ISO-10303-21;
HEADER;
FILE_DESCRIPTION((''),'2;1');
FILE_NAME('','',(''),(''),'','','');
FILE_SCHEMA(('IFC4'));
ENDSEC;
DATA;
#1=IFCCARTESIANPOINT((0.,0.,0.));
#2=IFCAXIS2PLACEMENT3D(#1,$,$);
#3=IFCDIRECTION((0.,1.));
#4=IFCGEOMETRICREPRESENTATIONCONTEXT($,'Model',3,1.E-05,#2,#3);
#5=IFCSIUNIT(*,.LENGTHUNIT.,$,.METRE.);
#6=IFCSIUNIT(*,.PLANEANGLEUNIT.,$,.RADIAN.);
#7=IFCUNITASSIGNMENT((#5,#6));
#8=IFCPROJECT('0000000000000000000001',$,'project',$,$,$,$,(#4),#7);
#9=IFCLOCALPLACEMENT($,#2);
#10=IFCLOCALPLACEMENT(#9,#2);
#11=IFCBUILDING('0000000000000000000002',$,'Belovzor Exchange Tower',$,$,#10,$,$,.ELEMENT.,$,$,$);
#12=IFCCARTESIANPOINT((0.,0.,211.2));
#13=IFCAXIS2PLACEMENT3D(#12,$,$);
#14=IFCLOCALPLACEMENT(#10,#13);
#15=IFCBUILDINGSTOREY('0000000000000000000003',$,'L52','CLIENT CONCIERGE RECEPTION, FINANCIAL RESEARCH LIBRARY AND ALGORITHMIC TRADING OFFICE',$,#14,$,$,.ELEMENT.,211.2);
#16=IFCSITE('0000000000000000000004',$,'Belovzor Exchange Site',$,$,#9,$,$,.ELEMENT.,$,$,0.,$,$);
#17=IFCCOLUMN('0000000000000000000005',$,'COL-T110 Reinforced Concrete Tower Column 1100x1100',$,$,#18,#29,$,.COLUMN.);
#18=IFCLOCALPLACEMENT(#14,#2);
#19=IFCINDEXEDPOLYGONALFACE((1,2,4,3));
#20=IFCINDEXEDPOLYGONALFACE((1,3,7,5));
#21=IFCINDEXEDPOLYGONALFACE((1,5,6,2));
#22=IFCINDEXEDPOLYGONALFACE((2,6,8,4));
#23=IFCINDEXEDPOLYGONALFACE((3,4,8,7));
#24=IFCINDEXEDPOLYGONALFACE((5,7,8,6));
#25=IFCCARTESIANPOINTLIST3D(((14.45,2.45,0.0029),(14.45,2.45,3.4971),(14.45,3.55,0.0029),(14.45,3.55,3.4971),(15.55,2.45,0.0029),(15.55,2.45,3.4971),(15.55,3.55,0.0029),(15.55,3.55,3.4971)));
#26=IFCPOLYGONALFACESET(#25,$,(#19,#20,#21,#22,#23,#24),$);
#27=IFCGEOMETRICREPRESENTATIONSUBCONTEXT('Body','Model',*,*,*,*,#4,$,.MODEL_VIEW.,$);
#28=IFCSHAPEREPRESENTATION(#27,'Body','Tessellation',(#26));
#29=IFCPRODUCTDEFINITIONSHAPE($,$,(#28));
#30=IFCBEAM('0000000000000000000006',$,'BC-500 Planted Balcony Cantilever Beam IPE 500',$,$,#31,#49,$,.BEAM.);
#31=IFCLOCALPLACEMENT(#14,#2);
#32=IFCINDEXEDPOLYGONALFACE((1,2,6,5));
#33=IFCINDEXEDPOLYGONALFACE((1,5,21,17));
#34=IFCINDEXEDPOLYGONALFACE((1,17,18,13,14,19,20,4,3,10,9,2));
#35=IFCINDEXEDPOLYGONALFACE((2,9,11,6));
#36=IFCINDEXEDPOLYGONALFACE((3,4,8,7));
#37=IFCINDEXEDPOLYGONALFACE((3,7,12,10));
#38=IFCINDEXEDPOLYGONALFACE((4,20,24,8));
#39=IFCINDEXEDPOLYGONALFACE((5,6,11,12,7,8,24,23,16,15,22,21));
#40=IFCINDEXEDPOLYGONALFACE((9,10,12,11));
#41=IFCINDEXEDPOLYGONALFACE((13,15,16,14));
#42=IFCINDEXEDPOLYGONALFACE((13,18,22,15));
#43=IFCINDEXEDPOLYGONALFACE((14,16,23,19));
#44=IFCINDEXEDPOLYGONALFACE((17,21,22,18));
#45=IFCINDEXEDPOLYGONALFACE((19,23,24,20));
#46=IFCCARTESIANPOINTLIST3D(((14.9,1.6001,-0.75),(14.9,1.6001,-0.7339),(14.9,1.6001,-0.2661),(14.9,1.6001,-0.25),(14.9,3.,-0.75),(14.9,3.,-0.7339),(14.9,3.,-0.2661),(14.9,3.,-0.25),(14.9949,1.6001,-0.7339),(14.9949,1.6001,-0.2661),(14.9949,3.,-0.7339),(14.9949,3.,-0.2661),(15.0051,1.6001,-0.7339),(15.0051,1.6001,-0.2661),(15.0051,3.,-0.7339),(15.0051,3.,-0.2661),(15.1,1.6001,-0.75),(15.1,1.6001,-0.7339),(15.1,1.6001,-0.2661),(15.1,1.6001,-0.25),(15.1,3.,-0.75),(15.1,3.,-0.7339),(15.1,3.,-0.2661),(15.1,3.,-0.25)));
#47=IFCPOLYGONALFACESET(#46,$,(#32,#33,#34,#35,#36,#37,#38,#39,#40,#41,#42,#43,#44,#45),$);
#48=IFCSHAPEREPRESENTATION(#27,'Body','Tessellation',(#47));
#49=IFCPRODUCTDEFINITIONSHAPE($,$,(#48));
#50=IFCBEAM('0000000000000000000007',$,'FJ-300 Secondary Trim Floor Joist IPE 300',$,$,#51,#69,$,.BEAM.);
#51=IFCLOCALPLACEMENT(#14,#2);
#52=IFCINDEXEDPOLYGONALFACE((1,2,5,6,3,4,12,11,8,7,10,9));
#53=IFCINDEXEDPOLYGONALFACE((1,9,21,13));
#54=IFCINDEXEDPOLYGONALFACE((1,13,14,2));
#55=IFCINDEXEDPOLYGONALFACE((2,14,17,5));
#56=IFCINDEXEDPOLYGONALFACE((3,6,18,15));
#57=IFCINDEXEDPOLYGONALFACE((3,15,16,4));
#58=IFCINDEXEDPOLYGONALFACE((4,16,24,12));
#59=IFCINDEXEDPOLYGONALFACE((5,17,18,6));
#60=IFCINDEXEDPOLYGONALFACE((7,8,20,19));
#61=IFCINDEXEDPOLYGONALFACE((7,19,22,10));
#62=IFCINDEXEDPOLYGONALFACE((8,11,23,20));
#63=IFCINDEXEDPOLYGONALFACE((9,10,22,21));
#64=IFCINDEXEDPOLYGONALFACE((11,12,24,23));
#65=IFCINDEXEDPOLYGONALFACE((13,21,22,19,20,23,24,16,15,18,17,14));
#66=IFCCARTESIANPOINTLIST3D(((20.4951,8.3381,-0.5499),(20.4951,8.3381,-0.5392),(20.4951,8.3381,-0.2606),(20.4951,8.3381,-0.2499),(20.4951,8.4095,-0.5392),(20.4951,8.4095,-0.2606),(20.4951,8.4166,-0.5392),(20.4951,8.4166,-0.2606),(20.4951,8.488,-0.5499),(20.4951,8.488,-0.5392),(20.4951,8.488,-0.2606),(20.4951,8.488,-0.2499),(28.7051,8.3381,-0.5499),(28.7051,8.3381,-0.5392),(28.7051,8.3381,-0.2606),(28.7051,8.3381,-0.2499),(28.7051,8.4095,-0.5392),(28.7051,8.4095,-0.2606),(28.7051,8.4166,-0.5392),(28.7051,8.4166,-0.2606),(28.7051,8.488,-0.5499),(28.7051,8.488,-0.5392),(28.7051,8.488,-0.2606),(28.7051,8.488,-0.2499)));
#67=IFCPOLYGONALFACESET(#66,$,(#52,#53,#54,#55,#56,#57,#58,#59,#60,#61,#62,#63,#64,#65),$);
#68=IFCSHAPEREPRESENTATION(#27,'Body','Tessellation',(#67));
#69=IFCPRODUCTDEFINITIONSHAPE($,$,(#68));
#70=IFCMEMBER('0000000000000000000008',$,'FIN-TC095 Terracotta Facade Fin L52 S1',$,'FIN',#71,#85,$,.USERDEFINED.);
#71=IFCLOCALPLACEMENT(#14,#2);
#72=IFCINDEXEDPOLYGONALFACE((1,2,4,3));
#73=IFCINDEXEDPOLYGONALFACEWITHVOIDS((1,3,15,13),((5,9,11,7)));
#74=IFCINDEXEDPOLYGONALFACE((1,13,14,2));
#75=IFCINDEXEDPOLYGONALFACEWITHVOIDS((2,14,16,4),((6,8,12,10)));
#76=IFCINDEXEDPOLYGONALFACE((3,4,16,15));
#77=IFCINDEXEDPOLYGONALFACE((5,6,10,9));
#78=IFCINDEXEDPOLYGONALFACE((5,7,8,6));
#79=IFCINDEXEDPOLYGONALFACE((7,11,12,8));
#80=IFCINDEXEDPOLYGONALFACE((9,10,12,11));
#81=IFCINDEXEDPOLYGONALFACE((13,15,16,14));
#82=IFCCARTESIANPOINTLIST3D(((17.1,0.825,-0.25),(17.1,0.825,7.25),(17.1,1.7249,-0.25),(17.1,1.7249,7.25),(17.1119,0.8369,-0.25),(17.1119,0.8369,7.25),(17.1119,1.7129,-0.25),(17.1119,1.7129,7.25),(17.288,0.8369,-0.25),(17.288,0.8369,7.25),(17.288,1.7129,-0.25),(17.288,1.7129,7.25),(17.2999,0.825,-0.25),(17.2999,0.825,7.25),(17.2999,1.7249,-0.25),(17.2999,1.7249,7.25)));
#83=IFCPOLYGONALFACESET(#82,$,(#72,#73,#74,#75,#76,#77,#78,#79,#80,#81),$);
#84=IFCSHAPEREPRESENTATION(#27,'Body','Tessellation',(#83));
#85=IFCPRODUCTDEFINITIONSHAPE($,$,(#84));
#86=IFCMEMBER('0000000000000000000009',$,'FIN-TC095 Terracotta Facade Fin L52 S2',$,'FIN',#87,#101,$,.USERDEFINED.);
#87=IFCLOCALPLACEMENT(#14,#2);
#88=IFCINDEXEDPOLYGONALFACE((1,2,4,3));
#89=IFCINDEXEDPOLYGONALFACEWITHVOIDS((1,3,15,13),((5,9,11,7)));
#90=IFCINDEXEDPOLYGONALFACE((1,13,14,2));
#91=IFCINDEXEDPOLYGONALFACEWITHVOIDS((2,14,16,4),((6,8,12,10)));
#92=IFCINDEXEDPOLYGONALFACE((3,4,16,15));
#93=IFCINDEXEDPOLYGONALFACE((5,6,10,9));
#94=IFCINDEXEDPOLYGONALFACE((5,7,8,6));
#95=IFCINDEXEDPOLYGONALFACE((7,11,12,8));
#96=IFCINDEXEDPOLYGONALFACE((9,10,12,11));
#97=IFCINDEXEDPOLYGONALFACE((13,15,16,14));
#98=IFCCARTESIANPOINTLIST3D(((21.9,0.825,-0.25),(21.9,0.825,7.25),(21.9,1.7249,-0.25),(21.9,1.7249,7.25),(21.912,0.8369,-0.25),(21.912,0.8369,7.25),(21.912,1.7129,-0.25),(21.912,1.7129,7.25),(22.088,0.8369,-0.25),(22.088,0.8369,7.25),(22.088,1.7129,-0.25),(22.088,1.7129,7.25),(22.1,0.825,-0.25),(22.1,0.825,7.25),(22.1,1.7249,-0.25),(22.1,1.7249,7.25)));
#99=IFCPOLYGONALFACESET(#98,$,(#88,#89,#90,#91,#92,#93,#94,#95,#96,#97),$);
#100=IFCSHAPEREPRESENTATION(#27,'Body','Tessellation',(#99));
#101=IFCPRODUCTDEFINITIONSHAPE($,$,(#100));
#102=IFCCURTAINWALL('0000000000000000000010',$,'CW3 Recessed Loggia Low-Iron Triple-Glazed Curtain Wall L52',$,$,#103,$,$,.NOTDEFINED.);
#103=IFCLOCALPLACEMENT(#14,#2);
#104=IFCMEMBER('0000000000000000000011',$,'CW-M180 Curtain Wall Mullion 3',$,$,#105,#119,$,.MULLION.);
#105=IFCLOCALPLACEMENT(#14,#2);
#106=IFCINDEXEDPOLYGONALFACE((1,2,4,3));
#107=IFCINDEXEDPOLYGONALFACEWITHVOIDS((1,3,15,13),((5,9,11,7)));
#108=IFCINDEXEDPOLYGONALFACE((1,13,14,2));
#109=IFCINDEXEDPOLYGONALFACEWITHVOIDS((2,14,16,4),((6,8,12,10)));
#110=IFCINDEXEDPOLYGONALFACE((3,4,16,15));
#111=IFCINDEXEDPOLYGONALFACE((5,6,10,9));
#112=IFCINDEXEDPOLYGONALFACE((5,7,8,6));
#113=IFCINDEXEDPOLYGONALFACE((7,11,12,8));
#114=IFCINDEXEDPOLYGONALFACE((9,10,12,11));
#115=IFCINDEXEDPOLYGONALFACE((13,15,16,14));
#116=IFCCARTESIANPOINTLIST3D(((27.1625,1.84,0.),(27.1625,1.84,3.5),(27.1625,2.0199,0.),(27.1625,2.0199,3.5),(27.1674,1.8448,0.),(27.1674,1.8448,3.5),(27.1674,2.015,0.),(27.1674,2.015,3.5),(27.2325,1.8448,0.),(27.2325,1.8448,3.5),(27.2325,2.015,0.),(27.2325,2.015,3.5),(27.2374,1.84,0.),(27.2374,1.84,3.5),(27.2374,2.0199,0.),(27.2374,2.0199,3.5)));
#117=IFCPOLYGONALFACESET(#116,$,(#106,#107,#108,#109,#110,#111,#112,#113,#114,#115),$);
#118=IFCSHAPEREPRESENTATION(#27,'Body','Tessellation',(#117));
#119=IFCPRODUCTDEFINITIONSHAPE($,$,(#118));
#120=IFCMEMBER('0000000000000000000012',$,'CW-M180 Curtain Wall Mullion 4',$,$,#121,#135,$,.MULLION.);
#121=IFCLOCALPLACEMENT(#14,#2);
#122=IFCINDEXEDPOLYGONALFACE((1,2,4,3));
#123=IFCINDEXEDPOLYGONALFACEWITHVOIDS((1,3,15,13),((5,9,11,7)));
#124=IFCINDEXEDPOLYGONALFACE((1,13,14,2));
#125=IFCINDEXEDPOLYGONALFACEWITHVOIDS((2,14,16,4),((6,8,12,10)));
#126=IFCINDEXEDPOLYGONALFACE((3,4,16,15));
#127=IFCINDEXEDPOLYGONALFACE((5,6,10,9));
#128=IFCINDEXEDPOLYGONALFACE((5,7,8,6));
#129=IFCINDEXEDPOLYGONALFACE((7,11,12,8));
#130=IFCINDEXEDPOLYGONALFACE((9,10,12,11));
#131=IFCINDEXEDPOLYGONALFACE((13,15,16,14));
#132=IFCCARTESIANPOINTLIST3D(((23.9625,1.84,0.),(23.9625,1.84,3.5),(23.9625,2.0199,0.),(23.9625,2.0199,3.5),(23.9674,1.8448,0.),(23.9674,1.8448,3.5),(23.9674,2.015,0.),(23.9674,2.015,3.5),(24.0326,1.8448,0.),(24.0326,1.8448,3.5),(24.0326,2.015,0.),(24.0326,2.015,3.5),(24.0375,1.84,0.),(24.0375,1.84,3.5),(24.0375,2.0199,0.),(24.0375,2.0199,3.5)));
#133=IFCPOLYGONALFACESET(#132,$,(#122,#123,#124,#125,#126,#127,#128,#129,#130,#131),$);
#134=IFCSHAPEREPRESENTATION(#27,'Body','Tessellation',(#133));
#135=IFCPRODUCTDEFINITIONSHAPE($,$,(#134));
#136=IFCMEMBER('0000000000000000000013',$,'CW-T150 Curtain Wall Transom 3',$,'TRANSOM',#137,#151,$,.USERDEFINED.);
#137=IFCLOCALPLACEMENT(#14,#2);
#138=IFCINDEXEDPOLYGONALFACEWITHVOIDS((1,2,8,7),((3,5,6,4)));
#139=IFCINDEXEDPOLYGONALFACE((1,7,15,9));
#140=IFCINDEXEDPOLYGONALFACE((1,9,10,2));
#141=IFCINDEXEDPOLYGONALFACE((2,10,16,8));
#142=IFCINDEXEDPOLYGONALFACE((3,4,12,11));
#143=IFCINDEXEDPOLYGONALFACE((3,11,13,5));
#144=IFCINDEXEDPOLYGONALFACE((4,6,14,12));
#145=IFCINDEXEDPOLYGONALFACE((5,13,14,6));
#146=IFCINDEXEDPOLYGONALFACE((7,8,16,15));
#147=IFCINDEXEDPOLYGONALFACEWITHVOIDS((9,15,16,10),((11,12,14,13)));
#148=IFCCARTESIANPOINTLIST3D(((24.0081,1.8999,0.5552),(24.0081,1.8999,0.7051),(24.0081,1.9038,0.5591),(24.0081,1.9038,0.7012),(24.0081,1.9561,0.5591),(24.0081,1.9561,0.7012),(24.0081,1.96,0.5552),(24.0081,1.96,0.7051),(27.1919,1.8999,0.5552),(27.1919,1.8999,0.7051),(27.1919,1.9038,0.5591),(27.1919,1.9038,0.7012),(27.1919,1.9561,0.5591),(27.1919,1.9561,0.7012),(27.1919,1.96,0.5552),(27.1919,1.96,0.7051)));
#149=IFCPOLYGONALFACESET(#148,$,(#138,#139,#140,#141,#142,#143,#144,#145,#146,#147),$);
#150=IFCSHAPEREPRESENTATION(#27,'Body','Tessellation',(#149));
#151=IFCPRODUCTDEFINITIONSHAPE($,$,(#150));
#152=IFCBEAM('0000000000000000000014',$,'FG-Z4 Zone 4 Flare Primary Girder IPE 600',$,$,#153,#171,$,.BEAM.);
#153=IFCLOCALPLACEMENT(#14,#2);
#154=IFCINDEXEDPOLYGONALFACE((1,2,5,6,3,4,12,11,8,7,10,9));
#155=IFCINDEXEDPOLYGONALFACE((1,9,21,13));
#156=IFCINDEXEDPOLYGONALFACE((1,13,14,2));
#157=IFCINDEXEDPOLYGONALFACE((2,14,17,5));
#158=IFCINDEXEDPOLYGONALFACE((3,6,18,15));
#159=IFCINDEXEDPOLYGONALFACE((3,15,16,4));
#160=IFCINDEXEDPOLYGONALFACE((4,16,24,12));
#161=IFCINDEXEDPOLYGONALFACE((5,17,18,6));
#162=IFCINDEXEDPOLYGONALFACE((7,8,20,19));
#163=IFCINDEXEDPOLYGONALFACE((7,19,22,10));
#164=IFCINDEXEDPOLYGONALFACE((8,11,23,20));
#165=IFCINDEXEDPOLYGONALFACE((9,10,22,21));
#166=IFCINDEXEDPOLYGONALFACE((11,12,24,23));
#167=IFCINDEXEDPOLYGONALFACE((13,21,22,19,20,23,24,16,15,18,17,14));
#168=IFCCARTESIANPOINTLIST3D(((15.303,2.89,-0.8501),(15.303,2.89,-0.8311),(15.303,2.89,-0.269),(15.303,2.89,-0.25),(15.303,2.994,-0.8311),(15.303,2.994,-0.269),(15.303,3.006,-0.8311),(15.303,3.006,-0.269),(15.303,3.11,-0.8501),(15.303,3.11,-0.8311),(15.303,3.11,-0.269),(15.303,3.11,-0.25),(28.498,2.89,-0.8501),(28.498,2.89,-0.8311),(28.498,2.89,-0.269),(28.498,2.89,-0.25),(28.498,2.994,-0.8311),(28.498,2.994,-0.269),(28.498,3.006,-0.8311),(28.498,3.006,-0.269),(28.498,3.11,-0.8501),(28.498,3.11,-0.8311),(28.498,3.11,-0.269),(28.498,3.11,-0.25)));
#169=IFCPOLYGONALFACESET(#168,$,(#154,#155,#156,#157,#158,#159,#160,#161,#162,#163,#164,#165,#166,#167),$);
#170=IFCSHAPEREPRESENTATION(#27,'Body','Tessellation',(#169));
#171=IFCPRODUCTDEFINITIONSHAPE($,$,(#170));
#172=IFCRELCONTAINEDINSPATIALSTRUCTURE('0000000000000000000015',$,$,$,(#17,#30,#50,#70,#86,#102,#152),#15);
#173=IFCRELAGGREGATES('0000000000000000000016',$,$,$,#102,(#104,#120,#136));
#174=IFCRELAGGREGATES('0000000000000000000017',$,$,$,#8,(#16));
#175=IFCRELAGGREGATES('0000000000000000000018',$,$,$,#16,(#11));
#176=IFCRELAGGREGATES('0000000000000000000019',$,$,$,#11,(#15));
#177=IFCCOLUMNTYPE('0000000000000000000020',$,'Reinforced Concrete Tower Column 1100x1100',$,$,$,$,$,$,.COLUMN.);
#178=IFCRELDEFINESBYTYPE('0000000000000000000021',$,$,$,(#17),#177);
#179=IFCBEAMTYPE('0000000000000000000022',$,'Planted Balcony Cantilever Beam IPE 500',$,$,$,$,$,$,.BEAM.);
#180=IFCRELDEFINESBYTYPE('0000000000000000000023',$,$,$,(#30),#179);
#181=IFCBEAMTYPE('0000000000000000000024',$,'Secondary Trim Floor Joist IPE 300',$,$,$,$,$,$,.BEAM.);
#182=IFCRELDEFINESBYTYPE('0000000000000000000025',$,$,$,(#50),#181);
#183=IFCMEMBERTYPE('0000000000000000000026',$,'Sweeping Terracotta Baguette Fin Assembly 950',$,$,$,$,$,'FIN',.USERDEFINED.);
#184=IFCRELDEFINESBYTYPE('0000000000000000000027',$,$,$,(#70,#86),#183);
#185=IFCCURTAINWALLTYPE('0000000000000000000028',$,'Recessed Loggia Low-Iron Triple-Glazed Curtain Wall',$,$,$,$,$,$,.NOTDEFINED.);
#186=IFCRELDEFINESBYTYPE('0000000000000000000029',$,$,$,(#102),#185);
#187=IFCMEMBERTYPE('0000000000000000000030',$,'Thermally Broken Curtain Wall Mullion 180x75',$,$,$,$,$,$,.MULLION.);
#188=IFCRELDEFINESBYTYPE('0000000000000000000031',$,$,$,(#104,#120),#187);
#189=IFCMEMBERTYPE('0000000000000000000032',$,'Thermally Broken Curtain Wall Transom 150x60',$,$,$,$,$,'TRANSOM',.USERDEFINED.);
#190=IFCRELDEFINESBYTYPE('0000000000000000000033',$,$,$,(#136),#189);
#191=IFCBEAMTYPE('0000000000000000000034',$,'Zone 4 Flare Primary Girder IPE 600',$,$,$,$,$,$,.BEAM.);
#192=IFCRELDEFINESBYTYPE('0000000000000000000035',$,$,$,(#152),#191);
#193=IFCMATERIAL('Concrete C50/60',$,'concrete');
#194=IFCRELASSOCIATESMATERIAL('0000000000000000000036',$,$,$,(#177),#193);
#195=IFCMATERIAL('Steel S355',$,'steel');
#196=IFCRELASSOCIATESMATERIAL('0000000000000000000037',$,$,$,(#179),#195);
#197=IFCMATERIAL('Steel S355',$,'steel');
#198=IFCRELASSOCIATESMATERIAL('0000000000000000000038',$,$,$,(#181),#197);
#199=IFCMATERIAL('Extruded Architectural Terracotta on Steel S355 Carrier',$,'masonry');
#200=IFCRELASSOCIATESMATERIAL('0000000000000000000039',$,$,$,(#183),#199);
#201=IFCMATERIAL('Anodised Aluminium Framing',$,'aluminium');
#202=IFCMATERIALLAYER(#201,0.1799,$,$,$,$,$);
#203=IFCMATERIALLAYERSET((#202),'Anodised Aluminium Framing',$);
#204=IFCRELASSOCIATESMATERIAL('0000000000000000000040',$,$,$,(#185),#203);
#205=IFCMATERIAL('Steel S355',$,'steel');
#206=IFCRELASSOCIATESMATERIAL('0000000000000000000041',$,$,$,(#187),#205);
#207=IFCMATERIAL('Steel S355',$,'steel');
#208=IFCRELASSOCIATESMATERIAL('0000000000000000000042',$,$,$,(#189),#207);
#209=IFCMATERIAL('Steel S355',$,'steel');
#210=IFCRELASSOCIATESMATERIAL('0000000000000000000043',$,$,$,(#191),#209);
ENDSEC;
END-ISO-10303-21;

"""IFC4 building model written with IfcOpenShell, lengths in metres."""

from ifc_helpers import new_model, si_unit, direction, frame, origin, origin_2d, place, context, subcontext, project, spatial, rectangle, hollow_rectangle, i_section, extrude, material, layer, layer_set, material_profile, profile_set, type_object, element, aggregate, save


model = new_model("IFC4")

# Units and contexts
model_context = context("Model", 3, precision=1e-05, world=origin(), true_north=direction((0.0, 1.0)))
body_context = subcontext(model_context, "Body", "Model", "MODEL_VIEW")
ifc_project = project(units=[si_unit("LENGTHUNIT", "METRE"), si_unit("PLANEANGLEUNIT", "RADIAN")], contexts=[model_context])

# Site, building, storey
site_placement = place(None, origin())
site = spatial("IfcSite", under=ifc_project, at=site_placement, Name="Belovzor Exchange Site", CompositionType="ELEMENT", RefElevation=0.0)
building_placement = place(site_placement, origin())
building = spatial("IfcBuilding", under=site, at=building_placement, Name="Belovzor Exchange Tower", CompositionType="ELEMENT")
storey_placement = place(building_placement, frame((0.0, 0.0, 211.2)))
storey = spatial("IfcBuildingStorey", under=building, at=storey_placement, Name="L52", Description="CLIENT CONCIERGE RECEPTION, FINANCIAL RESEARCH LIBRARY AND ALGORITHMIC TRADING OFFICE", CompositionType="ELEMENT", Elevation=211.2)

# Column
ifc_material_1 = material(Name="Concrete C50/60", Category="concrete")
ifc_material_profile_1 = material_profile(ifc_material_1, rectangle(XDim=1.1001, YDim=1.1001, at=origin_2d()))
ifc_profile_set_1 = profile_set([ifc_material_profile_1], Name="Concrete C50/60")
column_type = type_object("IfcColumnType", Name="Reinforced Concrete Tower Column 1100x1100", PredefinedType="COLUMN", material=ifc_profile_set_1)
column_placement = place(storey_placement, frame((15.0, 3.0, 0.0029), z_axis=(0.0, 0.0, 1.0), x_axis=(1.0, 0.0, 0.0)))
element("IfcColumn", 1, at=column_placement, inside=storey, type_object=column_type, Name="COL-T110 Reinforced Concrete Tower Column 1100x1100", PredefinedType="COLUMN", context=body_context, shape_type="SweptSolid", body=[
    extrude(rectangle(XDim=1.1001, YDim=1.1001, at=origin_2d()), origin(), (0.0, 0.0, 1.0), 3.4941),
])

# Beams
ifc_material_2 = material(Name="Steel S355", Category="steel")
ifc_material_profile_2 = material_profile(ifc_material_2, i_section(OverallWidth=0.2, OverallDepth=0.5, WebThickness=0.0103, FlangeThickness=0.0161, at=origin_2d()))
ifc_profile_set_2 = profile_set([ifc_material_profile_2], Name="Steel S355")
beam_type_1 = type_object("IfcBeamType", Name="Planted Balcony Cantilever Beam IPE 500", PredefinedType="BEAM", material=ifc_profile_set_2)
beam_1_placement = place(storey_placement, frame((15.0, 3.0, -0.5), z_axis=(0.0, -1.0, 0.0), x_axis=(1.0, 0.0, 0.0)))
element("IfcBeam", 2, at=beam_1_placement, inside=storey, type_object=beam_type_1, Name="BC-500 Planted Balcony Cantilever Beam IPE 500", PredefinedType="BEAM", context=body_context, shape_type="SweptSolid", body=[
    extrude(i_section(OverallWidth=0.2, OverallDepth=0.5, WebThickness=0.0103, FlangeThickness=0.0161, at=origin_2d()), origin(), (0.0, 0.0, 1.0), 1.3999),
])
ifc_material_3 = material(Name="Steel S355", Category="steel")
ifc_material_profile_3 = material_profile(ifc_material_3, i_section(OverallWidth=0.1499, OverallDepth=0.3, WebThickness=0.0071, FlangeThickness=0.0107, at=origin_2d()))
ifc_profile_set_3 = profile_set([ifc_material_profile_3], Name="Steel S355")
beam_type_2 = type_object("IfcBeamType", Name="Secondary Trim Floor Joist IPE 300", PredefinedType="BEAM", material=ifc_profile_set_3)
beam_2_placement = place(storey_placement, frame((20.4951, 8.4131, -0.3999), z_axis=(1.0, 0.0, 0.0), x_axis=(0.0, 1.0, 0.0)))
element("IfcBeam", 3, at=beam_2_placement, inside=storey, type_object=beam_type_2, Name="FJ-300 Secondary Trim Floor Joist IPE 300", PredefinedType="BEAM", context=body_context, shape_type="SweptSolid", body=[
    extrude(i_section(OverallWidth=0.1499, OverallDepth=0.3, WebThickness=0.0071, FlangeThickness=0.0107, at=origin_2d()), origin(), (0.0, 0.0, 1.0), 8.21),
])

# Members
ifc_material_4 = material(Name="Extruded Architectural Terracotta on Steel S355 Carrier", Category="masonry")
ifc_material_profile_4 = material_profile(ifc_material_4, hollow_rectangle(XDim=0.2, YDim=0.8999, WallThickness=0.012, at=origin_2d()))
ifc_profile_set_4 = profile_set([ifc_material_profile_4], Name="Extruded Architectural Terracotta on Steel S355 Carrier")
member_type_1 = type_object("IfcMemberType", Name="Sweeping Terracotta Baguette Fin Assembly 950", ElementType="FIN", PredefinedType="USERDEFINED", material=ifc_profile_set_4)
for number, where, z_axis, x_axis, name in (
    (4, (17.2, 1.2749, -0.25), (0.0, 0.0, 1.0), (1.0, 0.0, 0.0), "FIN-TC095 Terracotta Facade Fin L52 S1"),
    (5, (22.0, 1.2749, -0.25), (0.0, 0.0, 1.0), (1.0, 0.0, 0.0), "FIN-TC095 Terracotta Facade Fin L52 S2"),
):
    element("IfcMember", number, at=place(storey_placement, frame(where, z_axis=z_axis, x_axis=x_axis)), inside=storey, type_object=member_type_1, Name=name, ObjectType="FIN", PredefinedType="USERDEFINED", context=body_context, shape_type="SweptSolid", body=[
        extrude(hollow_rectangle(XDim=0.2, YDim=0.8999, WallThickness=0.012, at=origin_2d()), origin(), (0.0, 0.0, 1.0), 7.5),
    ])

# Curtain wall, members
ifc_material_5 = material(Name="Anodised Aluminium Framing", Category="aluminium")
ifc_layer_1 = layer(ifc_material_5, 0.1799)
ifc_layer_set_1 = layer_set([ifc_layer_1], Name="Anodised Aluminium Framing")
curtain_wall_type = type_object("IfcCurtainWallType", Name="Recessed Loggia Low-Iron Triple-Glazed Curtain Wall", PredefinedType="NOTDEFINED", material=ifc_layer_set_1)
curtain_wall_placement = place(storey_placement, origin())
curtain_wall = element("IfcCurtainWall", 6, at=curtain_wall_placement, inside=storey, type_object=curtain_wall_type, Name="CW3 Recessed Loggia Low-Iron Triple-Glazed Curtain Wall L52", PredefinedType="NOTDEFINED")
ifc_material_6 = material(Name="Steel S355", Category="steel")
ifc_material_profile_5 = material_profile(ifc_material_6, hollow_rectangle(XDim=0.075, YDim=0.1799, WallThickness=0.0049, at=origin_2d()))
ifc_profile_set_5 = profile_set([ifc_material_profile_5], Name="Steel S355")
member_type_2 = type_object("IfcMemberType", Name="Thermally Broken Curtain Wall Mullion 180x75", PredefinedType="MULLION", material=ifc_profile_set_5)
member_1_placement = place(storey_placement, frame((27.2, 1.9299, 0.0), z_axis=(0.0, 0.0, 1.0), x_axis=(-1.0, 0.0, 0.0)))
member_1 = element("IfcMember", 7, at=member_1_placement, type_object=member_type_2, Name="CW-M180 Curtain Wall Mullion 3", PredefinedType="MULLION", context=body_context, shape_type="SweptSolid", body=[
    extrude(hollow_rectangle(XDim=0.075, YDim=0.1799, WallThickness=0.0049, at=origin_2d()), origin(), (0.0, 0.0, 1.0), 3.5),
])
member_2_placement = place(storey_placement, frame((24.0, 1.9299, 0.0), z_axis=(0.0, 0.0, 1.0), x_axis=(-1.0, 0.0, 0.0)))
member_2 = element("IfcMember", 8, at=member_2_placement, type_object=member_type_2, Name="CW-M180 Curtain Wall Mullion 4", PredefinedType="MULLION", context=body_context, shape_type="SweptSolid", body=[
    extrude(hollow_rectangle(XDim=0.075, YDim=0.1799, WallThickness=0.0049, at=origin_2d()), origin(), (0.0, 0.0, 1.0), 3.5),
])
ifc_material_7 = material(Name="Steel S355", Category="steel")
ifc_material_profile_6 = material_profile(ifc_material_7, hollow_rectangle(XDim=0.0601, YDim=0.1499, WallThickness=0.0039, at=origin_2d()))
ifc_profile_set_6 = profile_set([ifc_material_profile_6], Name="Steel S355")
member_type_3 = type_object("IfcMemberType", Name="Thermally Broken Curtain Wall Transom 150x60", ElementType="TRANSOM", PredefinedType="USERDEFINED", material=ifc_profile_set_6)
member_3_placement = place(storey_placement, frame((27.1919, 1.9299, 0.6301), z_axis=(-1.0, 0.0, 0.0), x_axis=(0.0, -1.0, 0.0)))
member_3 = element("IfcMember", 9, at=member_3_placement, type_object=member_type_3, Name="CW-T150 Curtain Wall Transom 3", ObjectType="TRANSOM", PredefinedType="USERDEFINED", context=body_context, shape_type="SweptSolid", body=[
    extrude(hollow_rectangle(XDim=0.0601, YDim=0.1499, WallThickness=0.0039, at=origin_2d()), origin(), (0.0, 0.0, 1.0), 3.1838),
])

# Beam
ifc_material_8 = material(Name="Steel S355", Category="steel")
ifc_material_profile_7 = material_profile(ifc_material_8, i_section(OverallWidth=0.22, OverallDepth=0.6001, WebThickness=0.012, FlangeThickness=0.019, at=origin_2d()))
ifc_profile_set_7 = profile_set([ifc_material_profile_7], Name="Steel S355")
beam_type_3 = type_object("IfcBeamType", Name="Zone 4 Flare Primary Girder IPE 600", PredefinedType="BEAM", material=ifc_profile_set_7)
beam_3_placement = place(storey_placement, frame((15.303, 3.0, -0.55), z_axis=(1.0, 0.0, 0.0), x_axis=(0.0, 1.0, 0.0)))
element("IfcBeam", 10, at=beam_3_placement, inside=storey, type_object=beam_type_3, Name="FG-Z4 Zone 4 Flare Primary Girder IPE 600", PredefinedType="BEAM", context=body_context, shape_type="SweptSolid", body=[
    extrude(i_section(OverallWidth=0.22, OverallDepth=0.6001, WebThickness=0.012, FlangeThickness=0.019, at=origin_2d()), origin(), (0.0, 0.0, 1.0), 13.1951),
])

aggregate(curtain_wall, [member_1, member_2, member_3])

save(model, "model.ifc")
